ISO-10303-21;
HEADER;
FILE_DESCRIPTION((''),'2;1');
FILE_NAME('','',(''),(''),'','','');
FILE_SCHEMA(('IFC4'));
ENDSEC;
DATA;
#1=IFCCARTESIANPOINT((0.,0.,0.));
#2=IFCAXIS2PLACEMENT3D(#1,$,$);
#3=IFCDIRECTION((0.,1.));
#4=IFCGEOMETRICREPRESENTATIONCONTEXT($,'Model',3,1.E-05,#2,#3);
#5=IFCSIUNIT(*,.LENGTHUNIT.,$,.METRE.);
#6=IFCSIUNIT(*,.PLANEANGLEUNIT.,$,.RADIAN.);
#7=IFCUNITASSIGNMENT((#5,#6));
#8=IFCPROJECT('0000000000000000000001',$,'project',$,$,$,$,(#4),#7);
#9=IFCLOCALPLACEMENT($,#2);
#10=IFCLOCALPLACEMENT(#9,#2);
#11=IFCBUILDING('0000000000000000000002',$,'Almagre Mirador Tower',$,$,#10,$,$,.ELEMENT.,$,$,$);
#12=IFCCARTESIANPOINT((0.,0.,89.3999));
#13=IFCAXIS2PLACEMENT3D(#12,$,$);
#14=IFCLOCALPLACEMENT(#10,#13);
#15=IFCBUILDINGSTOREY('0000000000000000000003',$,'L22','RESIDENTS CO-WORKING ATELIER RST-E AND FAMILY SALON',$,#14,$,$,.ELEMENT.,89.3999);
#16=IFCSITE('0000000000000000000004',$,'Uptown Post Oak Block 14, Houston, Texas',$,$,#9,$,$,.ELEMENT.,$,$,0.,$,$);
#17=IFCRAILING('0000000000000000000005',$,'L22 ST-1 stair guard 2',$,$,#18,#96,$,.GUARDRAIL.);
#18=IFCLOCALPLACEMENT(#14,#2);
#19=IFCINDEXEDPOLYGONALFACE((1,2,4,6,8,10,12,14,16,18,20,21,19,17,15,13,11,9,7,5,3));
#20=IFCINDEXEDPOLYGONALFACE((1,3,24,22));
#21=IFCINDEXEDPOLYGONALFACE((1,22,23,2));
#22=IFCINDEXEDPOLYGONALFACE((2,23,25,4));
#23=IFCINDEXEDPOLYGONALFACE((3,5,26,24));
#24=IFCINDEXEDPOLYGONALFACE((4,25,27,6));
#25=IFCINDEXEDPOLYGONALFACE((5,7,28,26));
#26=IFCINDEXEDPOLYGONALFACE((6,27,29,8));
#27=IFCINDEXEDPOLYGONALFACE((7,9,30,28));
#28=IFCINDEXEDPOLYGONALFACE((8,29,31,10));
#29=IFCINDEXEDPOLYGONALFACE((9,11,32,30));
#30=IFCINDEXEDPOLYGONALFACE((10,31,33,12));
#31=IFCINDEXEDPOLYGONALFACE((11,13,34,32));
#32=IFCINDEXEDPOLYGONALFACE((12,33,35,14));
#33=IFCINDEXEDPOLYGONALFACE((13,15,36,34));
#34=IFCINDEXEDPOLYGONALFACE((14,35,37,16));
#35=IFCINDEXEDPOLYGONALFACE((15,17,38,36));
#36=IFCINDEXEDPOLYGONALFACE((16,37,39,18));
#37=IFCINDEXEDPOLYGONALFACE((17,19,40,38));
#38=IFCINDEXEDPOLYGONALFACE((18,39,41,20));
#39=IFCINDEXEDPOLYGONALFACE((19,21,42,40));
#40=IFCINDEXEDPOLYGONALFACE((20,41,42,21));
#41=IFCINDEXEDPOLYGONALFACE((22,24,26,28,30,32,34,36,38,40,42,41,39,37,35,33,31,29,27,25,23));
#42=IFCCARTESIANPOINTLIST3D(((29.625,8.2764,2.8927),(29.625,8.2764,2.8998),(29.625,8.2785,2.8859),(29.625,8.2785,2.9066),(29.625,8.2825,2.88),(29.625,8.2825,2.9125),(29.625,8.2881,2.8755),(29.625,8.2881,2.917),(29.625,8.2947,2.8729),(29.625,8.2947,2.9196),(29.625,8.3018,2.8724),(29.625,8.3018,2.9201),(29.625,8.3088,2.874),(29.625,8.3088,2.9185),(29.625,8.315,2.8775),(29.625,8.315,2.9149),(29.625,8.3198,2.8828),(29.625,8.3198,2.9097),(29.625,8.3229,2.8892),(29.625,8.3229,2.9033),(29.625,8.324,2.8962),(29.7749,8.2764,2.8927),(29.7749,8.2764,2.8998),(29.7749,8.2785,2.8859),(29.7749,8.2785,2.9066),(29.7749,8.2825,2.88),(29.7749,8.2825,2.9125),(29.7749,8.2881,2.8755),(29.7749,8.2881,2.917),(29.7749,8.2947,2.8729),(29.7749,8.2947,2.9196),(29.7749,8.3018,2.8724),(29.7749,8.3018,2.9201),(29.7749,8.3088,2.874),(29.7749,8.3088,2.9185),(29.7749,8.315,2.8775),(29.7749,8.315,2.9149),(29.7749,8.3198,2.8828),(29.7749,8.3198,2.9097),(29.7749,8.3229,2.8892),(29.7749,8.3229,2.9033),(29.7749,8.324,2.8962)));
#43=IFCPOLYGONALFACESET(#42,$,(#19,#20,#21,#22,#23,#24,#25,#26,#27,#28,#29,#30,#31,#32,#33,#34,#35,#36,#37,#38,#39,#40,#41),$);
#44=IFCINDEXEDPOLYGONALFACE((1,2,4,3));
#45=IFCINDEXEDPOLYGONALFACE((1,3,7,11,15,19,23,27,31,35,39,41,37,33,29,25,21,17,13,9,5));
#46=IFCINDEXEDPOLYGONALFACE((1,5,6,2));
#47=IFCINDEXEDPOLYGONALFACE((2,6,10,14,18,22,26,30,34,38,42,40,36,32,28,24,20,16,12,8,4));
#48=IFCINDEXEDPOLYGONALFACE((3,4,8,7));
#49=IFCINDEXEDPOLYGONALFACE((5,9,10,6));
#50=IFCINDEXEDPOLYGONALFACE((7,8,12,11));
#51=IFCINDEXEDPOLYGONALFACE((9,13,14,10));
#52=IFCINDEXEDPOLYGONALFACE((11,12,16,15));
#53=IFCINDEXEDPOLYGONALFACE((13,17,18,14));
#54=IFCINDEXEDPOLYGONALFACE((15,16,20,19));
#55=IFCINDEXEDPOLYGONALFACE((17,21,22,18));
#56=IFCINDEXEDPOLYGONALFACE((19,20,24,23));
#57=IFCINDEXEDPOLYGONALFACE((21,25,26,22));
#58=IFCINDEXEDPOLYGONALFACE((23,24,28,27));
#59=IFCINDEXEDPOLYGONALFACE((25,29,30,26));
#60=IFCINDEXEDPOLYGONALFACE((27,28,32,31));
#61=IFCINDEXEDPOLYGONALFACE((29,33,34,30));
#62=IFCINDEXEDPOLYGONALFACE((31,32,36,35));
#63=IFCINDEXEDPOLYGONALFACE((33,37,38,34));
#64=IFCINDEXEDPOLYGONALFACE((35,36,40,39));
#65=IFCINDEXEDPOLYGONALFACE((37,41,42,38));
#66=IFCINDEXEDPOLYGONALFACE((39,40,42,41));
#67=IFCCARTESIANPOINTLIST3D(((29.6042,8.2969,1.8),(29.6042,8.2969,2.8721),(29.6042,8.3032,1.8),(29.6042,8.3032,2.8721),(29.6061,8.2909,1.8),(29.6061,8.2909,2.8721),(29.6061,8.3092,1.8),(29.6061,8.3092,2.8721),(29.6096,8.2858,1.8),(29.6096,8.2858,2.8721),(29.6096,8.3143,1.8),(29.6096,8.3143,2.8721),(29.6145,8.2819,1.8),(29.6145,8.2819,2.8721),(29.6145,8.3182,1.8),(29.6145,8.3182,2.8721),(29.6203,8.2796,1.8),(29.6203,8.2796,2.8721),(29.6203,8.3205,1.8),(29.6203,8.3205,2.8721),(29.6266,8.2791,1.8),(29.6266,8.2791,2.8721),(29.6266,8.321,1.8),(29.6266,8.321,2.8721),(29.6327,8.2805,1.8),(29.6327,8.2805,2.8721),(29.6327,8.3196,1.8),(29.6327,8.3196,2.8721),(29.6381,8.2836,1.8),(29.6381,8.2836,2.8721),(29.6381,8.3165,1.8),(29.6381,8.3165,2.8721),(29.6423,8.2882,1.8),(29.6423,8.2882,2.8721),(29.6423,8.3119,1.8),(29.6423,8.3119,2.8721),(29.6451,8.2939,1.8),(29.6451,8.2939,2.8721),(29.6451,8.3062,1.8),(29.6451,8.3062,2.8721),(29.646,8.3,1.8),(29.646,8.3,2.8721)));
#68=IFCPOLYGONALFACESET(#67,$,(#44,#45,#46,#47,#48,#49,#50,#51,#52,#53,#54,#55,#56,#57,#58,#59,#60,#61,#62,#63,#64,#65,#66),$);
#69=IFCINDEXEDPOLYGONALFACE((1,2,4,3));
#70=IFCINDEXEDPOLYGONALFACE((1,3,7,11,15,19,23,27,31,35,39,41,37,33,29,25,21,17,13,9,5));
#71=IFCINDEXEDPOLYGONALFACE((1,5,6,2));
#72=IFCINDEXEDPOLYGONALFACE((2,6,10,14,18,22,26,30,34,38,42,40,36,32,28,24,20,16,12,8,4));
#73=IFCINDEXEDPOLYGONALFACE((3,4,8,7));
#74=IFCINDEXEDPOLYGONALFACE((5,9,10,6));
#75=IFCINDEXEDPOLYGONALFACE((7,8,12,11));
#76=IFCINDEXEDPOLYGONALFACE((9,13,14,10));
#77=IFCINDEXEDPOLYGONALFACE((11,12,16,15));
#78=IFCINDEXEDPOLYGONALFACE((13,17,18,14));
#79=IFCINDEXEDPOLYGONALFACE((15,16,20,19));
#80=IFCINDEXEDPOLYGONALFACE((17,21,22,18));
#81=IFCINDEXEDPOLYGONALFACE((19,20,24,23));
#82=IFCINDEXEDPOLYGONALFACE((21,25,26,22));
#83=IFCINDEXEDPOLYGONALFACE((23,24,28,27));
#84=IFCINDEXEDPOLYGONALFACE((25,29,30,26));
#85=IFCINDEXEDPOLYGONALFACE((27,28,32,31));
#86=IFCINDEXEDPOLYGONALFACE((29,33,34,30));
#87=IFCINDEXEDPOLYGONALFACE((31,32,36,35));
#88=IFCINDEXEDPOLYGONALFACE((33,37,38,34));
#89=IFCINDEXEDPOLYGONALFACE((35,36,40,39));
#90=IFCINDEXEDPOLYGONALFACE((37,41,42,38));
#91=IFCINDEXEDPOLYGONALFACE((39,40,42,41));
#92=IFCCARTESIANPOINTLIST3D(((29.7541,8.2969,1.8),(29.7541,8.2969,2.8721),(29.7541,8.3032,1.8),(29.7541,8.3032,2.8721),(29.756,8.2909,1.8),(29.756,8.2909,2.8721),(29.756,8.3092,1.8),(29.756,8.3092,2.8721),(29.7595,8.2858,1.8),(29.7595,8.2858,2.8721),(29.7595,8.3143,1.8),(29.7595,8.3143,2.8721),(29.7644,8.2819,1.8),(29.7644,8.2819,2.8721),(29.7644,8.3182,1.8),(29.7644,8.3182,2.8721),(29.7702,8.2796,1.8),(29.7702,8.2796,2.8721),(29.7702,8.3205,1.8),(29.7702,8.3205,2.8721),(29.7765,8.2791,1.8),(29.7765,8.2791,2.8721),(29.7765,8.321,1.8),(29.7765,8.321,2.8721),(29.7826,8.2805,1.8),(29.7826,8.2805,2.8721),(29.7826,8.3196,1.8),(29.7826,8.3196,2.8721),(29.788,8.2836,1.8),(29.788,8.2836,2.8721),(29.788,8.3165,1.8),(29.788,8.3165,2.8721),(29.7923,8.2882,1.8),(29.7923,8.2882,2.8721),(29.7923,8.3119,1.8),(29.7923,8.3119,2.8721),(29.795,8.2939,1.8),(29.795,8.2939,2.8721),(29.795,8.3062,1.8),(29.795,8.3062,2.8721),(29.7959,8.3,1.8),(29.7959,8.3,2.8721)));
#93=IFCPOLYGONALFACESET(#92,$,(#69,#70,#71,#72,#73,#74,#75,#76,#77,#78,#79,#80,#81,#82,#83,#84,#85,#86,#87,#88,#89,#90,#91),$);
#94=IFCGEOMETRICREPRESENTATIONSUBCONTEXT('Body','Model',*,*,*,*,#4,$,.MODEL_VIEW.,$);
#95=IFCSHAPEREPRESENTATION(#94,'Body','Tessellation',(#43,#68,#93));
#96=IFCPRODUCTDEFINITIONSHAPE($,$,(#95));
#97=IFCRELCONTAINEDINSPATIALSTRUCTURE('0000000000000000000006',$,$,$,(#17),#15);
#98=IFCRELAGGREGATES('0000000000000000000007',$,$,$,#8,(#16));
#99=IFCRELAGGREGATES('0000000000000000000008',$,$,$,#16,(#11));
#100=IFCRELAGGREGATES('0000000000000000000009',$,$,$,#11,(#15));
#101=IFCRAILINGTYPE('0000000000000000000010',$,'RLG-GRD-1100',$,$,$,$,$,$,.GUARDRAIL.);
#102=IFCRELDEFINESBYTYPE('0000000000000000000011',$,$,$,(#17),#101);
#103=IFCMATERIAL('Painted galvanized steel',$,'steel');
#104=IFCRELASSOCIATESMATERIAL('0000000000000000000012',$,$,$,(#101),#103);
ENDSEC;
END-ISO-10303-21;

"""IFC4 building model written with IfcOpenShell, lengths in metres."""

from ifc_helpers import new_model, si_unit, direction, frame, origin, origin_2d, place, context, subcontext, project, spatial, circle, extrude, material, type_object, element, save


model = new_model("IFC4")

# Units and contexts
model_context = context("Model", 3, precision=1e-05, world=origin(), true_north=direction((0.0, 1.0)))
body_context = subcontext(model_context, "Body", "Model", "MODEL_VIEW")
ifc_project = project(units=[si_unit("LENGTHUNIT", "METRE"), si_unit("PLANEANGLEUNIT", "RADIAN")], contexts=[model_context])

# Site, building, storey
site_placement = place(None, origin())
site = spatial("IfcSite", under=ifc_project, at=site_placement, Name="Uptown Post Oak Block 14, Houston, Texas", CompositionType="ELEMENT", RefElevation=0.0)
building_placement = place(site_placement, origin())
building = spatial("IfcBuilding", under=site, at=building_placement, Name="Almagre Mirador Tower", CompositionType="ELEMENT")
storey_placement = place(building_placement, frame((0.0, 0.0, 89.3999)))
storey = spatial("IfcBuildingStorey", under=building, at=storey_placement, Name="L22", Description="RESIDENTS CO-WORKING ATELIER RST-E AND FAMILY SALON", CompositionType="ELEMENT", Elevation=89.3999)

# Railing
ifc_material_1 = material(Name="Painted galvanized steel", Category="steel")
railing_type_1 = type_object("IfcRailingType", Name="RLG-GRD-1100", PredefinedType="GUARDRAIL", material=ifc_material_1)
railing_1_placement = place(storey_placement, frame((29.625, 8.3, 1.8)))
element("IfcRailing", 1, at=railing_1_placement, inside=storey, type_object=railing_type_1, Name="L22 ST-1 stair guard 2", PredefinedType="GUARDRAIL", context=body_context, shape_type="SweptSolid", body=[
    extrude(circle(Radius=0.0239, at=origin_2d()), frame((0.0, 0.0, 1.0962), z_axis=(1.0, 0.0, 0.0), x_axis=(0.0, 1.0, 0.0)), (0.0, 0.0, 1.0), 0.1499),
    extrude(circle(Radius=0.021, at=origin_2d()), origin(), (0.0, 0.0, 1.0), 1.072),
    extrude(circle(Radius=0.021, at=origin_2d()), frame((0.1499, 0.0, 0.0)), (0.0, 0.0, 1.0), 1.072),
])

save(model, "model.ifc")
